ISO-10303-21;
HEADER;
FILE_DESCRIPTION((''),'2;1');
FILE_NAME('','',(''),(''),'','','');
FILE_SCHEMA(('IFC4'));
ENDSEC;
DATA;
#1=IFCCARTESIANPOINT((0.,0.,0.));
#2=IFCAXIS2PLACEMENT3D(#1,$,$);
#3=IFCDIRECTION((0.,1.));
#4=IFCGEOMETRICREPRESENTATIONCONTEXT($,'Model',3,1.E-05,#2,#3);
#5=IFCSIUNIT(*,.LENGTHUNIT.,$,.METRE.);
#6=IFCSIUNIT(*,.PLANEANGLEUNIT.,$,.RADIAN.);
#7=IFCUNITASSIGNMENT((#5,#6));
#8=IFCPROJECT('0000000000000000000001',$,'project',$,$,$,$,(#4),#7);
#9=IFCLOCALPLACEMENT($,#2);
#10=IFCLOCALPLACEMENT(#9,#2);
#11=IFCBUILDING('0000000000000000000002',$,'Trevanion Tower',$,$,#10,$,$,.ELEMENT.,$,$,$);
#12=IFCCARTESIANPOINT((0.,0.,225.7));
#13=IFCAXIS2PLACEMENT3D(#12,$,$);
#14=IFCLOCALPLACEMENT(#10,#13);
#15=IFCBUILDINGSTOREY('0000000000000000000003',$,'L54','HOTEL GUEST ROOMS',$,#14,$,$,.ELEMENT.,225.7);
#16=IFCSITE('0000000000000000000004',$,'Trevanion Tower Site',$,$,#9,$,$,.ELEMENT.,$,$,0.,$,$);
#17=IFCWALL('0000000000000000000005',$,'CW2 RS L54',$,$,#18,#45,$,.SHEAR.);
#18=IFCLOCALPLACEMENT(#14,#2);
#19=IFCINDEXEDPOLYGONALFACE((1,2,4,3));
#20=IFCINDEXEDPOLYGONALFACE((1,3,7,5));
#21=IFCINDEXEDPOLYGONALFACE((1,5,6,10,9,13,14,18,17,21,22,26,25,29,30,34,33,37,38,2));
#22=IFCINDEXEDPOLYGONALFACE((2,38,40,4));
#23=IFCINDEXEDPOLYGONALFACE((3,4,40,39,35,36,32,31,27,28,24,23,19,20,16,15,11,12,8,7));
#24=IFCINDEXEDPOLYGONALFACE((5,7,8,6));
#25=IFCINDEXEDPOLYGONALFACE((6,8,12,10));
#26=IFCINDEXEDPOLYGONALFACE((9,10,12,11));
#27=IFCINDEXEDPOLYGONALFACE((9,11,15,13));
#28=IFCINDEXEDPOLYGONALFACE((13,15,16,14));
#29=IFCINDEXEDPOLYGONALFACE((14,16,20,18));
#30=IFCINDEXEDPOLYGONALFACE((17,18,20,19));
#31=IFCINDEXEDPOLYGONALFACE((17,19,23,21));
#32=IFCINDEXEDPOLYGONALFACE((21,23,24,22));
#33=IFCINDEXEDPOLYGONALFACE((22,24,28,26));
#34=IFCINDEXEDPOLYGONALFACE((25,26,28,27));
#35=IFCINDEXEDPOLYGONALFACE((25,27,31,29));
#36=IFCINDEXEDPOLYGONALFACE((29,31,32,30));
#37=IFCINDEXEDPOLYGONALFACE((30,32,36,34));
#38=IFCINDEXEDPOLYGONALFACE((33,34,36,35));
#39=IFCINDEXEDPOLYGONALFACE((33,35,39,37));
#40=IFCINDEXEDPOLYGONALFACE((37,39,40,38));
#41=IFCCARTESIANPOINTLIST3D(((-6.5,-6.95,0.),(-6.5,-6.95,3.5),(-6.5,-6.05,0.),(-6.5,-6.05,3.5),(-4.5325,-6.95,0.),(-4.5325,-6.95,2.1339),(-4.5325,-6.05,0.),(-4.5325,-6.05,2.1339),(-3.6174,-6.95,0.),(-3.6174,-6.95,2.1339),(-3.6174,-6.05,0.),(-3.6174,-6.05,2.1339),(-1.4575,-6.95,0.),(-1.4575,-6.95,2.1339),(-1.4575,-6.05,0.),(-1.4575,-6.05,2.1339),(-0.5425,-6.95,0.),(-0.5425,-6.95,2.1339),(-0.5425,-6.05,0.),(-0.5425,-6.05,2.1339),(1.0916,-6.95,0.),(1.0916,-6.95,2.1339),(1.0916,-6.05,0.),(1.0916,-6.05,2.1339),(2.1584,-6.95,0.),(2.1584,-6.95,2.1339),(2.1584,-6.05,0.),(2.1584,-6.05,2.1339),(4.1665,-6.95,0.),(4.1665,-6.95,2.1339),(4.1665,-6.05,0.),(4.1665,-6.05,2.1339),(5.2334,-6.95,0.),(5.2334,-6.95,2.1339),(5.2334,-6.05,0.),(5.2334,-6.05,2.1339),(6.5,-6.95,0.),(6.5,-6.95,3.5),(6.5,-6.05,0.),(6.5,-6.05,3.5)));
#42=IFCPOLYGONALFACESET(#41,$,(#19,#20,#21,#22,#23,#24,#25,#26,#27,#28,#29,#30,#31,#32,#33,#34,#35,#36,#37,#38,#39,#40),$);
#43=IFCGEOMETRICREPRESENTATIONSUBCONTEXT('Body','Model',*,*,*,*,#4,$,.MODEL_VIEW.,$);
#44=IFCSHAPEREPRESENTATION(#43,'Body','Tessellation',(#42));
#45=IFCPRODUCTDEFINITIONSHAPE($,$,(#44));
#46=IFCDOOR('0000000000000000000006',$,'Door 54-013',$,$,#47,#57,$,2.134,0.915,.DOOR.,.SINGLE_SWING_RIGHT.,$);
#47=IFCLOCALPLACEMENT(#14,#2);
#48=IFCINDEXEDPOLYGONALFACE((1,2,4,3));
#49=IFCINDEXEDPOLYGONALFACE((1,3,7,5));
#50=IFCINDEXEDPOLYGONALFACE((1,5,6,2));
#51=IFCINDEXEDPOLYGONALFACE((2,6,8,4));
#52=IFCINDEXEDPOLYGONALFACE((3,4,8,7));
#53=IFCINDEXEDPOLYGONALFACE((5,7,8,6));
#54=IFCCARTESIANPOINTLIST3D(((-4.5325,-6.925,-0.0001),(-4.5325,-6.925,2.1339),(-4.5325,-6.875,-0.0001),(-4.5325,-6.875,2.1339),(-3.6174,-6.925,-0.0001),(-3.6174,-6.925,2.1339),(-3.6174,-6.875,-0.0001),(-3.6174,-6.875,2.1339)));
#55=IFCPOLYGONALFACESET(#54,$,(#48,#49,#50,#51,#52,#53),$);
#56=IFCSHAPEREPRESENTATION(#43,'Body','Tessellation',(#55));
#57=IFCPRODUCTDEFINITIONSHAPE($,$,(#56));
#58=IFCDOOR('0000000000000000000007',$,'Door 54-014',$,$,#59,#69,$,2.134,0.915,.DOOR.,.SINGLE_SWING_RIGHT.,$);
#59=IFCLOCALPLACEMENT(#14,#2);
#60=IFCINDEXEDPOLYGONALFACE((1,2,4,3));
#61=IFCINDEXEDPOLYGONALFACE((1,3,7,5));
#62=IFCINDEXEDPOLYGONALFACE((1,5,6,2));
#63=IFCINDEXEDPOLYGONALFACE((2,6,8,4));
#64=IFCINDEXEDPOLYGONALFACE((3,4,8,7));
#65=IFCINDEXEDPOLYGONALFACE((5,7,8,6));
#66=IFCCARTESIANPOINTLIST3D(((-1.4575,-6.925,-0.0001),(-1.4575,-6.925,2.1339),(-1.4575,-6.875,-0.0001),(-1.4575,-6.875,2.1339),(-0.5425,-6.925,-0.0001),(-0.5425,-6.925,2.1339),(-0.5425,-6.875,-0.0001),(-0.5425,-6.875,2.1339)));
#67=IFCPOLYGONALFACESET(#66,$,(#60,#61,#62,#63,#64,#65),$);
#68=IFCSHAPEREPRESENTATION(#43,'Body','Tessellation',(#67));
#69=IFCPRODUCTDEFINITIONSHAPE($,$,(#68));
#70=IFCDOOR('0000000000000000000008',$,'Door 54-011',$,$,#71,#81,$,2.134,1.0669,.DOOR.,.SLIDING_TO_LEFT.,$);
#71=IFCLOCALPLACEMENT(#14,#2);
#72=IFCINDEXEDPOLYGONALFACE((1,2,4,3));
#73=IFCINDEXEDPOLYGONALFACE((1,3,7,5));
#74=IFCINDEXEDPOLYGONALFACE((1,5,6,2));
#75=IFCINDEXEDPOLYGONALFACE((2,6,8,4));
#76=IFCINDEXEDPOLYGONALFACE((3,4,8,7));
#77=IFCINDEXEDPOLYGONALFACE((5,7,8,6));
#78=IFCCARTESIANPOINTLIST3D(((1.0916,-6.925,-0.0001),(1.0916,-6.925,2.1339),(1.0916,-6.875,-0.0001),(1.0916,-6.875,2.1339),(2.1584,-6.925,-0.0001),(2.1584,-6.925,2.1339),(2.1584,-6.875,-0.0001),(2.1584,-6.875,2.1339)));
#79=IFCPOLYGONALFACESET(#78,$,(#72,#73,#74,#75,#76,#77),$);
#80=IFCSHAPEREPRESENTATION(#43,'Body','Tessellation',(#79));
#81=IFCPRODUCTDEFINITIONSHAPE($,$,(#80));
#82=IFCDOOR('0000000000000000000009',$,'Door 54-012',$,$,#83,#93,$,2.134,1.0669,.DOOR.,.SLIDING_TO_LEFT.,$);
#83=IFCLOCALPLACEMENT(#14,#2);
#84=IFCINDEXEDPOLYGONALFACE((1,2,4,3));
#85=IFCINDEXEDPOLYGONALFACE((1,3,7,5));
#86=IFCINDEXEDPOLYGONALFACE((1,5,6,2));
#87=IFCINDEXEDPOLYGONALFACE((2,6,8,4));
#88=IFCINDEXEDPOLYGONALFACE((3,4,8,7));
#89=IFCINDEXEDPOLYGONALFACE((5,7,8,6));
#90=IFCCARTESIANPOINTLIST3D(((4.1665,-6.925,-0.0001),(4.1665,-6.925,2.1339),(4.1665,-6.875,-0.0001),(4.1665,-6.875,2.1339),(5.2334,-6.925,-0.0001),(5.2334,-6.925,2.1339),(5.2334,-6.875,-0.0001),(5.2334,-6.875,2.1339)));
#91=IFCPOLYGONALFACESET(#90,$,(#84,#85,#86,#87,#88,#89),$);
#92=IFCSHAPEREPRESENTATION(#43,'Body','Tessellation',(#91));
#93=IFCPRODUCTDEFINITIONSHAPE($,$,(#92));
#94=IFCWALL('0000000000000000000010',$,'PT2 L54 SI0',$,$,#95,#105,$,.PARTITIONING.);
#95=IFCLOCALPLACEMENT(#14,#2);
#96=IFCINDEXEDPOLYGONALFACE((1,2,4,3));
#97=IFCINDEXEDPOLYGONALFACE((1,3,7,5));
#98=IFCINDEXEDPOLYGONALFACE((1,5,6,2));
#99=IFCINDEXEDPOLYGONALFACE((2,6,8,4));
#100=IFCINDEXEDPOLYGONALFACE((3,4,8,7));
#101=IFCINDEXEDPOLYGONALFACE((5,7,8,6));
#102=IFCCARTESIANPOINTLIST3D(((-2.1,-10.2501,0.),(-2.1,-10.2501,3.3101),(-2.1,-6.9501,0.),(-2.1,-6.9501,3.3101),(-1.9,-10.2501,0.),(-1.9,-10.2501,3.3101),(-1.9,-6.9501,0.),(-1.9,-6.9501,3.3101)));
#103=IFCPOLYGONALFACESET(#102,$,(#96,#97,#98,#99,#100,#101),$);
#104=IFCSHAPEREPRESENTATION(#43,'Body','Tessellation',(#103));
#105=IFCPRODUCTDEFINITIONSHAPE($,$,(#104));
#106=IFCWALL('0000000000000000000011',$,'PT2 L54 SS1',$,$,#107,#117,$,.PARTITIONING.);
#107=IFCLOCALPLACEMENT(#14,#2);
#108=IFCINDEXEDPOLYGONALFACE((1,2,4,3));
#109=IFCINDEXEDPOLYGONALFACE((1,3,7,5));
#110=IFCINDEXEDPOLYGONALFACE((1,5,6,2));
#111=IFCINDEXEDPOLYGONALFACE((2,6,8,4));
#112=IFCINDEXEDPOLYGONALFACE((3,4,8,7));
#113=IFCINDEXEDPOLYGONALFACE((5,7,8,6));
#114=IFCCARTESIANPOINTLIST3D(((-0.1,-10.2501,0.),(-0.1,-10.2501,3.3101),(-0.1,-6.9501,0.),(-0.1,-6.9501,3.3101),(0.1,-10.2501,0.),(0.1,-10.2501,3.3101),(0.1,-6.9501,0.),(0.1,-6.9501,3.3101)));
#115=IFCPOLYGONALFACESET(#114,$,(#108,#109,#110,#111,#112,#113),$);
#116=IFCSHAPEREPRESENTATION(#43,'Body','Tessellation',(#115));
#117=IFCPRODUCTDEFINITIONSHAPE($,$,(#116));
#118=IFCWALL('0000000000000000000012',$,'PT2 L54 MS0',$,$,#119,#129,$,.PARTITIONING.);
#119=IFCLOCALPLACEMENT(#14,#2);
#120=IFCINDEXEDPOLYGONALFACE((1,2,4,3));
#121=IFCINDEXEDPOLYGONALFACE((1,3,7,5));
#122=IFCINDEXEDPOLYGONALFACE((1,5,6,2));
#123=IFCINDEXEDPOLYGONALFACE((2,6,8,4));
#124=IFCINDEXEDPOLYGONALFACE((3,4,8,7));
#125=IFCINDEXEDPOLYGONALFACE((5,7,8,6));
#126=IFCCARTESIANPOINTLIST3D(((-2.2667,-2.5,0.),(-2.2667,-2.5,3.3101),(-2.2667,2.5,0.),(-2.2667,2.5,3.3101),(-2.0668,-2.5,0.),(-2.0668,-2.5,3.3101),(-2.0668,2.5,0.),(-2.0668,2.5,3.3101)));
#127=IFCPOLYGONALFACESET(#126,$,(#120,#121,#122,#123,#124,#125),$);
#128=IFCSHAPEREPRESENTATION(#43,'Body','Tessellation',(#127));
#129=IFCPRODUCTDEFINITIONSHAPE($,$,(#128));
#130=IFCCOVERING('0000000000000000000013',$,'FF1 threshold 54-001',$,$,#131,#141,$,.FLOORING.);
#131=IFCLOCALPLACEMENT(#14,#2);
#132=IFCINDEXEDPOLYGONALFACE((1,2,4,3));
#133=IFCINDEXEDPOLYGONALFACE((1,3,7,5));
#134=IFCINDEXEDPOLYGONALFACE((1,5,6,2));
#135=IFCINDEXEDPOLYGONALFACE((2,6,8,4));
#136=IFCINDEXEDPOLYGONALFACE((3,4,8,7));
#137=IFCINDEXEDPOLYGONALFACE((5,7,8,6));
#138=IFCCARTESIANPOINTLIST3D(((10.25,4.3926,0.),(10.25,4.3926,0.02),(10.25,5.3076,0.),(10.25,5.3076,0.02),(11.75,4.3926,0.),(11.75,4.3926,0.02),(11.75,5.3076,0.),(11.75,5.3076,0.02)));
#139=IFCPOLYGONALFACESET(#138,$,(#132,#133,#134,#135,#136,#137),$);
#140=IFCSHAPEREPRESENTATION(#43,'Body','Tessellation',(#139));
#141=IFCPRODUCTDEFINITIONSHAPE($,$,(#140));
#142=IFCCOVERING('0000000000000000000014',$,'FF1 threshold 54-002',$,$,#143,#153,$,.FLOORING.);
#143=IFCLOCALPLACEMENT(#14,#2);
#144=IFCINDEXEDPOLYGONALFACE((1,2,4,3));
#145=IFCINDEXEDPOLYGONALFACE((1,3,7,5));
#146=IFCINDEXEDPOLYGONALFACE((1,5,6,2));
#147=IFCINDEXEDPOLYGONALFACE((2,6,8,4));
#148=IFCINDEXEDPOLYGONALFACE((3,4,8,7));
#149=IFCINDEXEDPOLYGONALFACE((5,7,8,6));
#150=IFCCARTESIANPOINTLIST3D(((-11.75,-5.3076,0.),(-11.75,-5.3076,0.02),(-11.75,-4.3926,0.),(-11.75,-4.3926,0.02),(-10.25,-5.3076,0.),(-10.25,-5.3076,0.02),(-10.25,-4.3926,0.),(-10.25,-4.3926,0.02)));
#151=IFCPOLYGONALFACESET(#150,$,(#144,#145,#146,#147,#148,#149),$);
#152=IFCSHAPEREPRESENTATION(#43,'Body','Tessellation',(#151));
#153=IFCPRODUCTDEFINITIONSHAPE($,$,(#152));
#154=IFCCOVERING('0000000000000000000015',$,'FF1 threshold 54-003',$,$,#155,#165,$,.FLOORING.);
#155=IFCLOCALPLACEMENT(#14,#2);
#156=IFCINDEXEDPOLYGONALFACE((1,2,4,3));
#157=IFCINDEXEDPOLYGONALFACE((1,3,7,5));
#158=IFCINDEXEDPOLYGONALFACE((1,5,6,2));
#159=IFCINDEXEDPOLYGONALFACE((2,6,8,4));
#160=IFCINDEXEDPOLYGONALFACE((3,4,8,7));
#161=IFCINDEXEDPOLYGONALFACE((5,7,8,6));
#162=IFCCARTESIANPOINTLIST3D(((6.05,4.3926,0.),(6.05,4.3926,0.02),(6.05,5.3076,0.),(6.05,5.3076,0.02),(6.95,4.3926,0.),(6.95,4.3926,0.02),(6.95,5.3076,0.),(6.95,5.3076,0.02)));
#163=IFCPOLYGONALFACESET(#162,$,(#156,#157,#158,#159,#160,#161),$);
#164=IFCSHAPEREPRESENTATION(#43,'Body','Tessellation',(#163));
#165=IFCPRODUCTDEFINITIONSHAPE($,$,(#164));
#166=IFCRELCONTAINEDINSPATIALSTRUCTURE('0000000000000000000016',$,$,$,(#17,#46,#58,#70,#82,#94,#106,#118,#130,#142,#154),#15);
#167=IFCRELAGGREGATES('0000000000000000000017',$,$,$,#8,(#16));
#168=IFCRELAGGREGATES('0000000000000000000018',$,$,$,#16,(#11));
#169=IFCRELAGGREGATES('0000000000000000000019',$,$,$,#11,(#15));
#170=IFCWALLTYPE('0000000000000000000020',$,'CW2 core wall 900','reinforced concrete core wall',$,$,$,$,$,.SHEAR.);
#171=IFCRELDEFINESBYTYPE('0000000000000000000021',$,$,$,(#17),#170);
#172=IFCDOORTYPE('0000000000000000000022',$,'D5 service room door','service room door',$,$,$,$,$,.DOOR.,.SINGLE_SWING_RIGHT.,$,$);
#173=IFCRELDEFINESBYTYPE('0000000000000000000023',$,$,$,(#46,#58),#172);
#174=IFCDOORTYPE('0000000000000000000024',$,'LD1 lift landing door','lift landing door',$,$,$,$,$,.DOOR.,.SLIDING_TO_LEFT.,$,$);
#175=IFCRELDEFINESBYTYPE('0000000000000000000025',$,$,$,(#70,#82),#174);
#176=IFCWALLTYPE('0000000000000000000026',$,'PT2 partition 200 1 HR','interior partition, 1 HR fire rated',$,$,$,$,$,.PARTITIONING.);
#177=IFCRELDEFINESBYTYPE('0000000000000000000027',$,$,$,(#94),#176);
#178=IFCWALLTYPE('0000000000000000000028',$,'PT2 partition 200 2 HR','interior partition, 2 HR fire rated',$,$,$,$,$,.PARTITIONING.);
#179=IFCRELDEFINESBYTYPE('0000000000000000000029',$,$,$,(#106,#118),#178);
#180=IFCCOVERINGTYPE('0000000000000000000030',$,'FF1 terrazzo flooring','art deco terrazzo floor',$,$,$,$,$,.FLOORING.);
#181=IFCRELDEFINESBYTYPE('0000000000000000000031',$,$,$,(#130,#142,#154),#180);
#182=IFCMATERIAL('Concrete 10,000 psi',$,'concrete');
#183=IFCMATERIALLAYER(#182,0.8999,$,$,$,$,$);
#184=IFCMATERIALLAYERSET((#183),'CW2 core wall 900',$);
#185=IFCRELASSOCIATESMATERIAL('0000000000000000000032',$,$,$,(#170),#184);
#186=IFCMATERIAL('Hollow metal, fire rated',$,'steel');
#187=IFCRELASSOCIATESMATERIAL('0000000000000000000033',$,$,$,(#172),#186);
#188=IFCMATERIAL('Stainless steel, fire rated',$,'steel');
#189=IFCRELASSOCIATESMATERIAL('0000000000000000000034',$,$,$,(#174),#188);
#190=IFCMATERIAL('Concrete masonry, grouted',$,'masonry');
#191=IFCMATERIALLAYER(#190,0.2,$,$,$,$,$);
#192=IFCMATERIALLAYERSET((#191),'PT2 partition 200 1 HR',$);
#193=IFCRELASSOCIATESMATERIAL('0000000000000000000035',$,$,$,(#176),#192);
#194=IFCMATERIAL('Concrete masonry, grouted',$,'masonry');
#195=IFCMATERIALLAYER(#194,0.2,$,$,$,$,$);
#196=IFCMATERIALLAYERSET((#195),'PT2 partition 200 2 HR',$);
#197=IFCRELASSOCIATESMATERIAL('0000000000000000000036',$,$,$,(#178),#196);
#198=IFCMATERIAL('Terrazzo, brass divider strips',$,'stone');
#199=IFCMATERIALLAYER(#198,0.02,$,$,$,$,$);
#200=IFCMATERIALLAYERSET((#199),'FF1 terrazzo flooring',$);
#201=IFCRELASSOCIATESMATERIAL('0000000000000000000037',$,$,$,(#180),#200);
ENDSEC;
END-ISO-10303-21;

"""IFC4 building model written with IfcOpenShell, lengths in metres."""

from ifc_helpers import new_model, si_unit, direction, frame, frame_2d, origin, place, context, subcontext, project, spatial, polyline, rectangle, outline, extrude, material, layer, layer_set, type_object, element, fill, save


model = new_model("IFC4")

# Units and contexts
model_context = context("Model", 3, precision=1e-05, world=origin(), true_north=direction((0.0, 1.0)))
body_context = subcontext(model_context, "Body", "Model", "MODEL_VIEW")
ifc_project = project(units=[si_unit("LENGTHUNIT", "METRE"), si_unit("PLANEANGLEUNIT", "RADIAN")], contexts=[model_context])

# Site, building, storey
site_placement = place(None, origin())
site = spatial("IfcSite", under=ifc_project, at=site_placement, Name="Trevanion Tower Site", CompositionType="ELEMENT", RefElevation=0.0)
building_placement = place(site_placement, origin())
building = spatial("IfcBuilding", under=site, at=building_placement, Name="Trevanion Tower", CompositionType="ELEMENT")
storey_placement = place(building_placement, frame((0.0, 0.0, 225.7)))
storey = spatial("IfcBuildingStorey", under=building, at=storey_placement, Name="L54", Description="HOTEL GUEST ROOMS", CompositionType="ELEMENT", Elevation=225.7)

# Shared definitions
ifc_material_1 = material(Name="Concrete 10,000 psi", Category="concrete")
ifc_layer_1 = layer(ifc_material_1, 0.8999)
ifc_layer_set_1 = layer_set([ifc_layer_1], Name="CW2 core wall 900")
wall_type_1 = type_object("IfcWallType", Name="CW2 core wall 900", Description="reinforced concrete core wall", PredefinedType="SHEAR", material=ifc_layer_set_1)

# Wall, openings, doors
wall_1_placement = place(storey_placement, frame((-6.5, -6.5, 0.0), z_axis=(0.0, 0.0, 1.0), x_axis=(1.0, 0.0, 0.0)))
wall_1 = element("IfcWall", 1, at=wall_1_placement, inside=storey, type_object=wall_type_1, Name="CW2 RS L54", PredefinedType="SHEAR", context=body_context, shape_type="SweptSolid", body=[
    extrude(rectangle(XDim=13.0, YDim=0.8999, at=frame_2d((6.5, 0.0))), origin(), (0.0, 0.0, 1.0), 3.5),
])
opening_1_placement = place(wall_1_placement, frame((7.5916, 0.0, 0.0)))
opening_1 = element("IfcOpeningElement", 2, at=opening_1_placement, cuts=wall_1, PredefinedType="OPENING", context=body_context, shape_type="SweptSolid", body=[
    extrude(rectangle(XDim=1.0669, YDim=2.134, at=frame_2d((0.5334, 1.0669))), frame((0.0, 0.46, 0.0), z_axis=(0.0, -1.0, 0.0), x_axis=(1.0, 0.0, 0.0)), (0.0, 0.0, 1.0), 0.9199),
])
opening_2_placement = place(wall_1_placement, frame((10.6665, 0.0, 0.0)))
opening_2 = element("IfcOpeningElement", 3, at=opening_2_placement, cuts=wall_1, PredefinedType="OPENING", context=body_context, shape_type="SweptSolid", body=[
    extrude(rectangle(XDim=1.0669, YDim=2.134, at=frame_2d((0.5334, 1.0669))), frame((0.0, 0.46, 0.0), z_axis=(0.0, -1.0, 0.0), x_axis=(1.0, 0.0, 0.0)), (0.0, 0.0, 1.0), 0.9199),
])
opening_3_placement = place(wall_1_placement, frame((1.9675, 0.0, 0.0)))
opening_3 = element("IfcOpeningElement", 4, at=opening_3_placement, cuts=wall_1, PredefinedType="OPENING", context=body_context, shape_type="SweptSolid", body=[
    extrude(rectangle(XDim=0.915, YDim=2.134, at=frame_2d((0.4575, 1.0669))), frame((0.0, 0.46, 0.0), z_axis=(0.0, -1.0, 0.0), x_axis=(1.0, 0.0, 0.0)), (0.0, 0.0, 1.0), 0.9199),
])
opening_4_placement = place(wall_1_placement, frame((5.0425, 0.0, 0.0)))
opening_4 = element("IfcOpeningElement", 5, at=opening_4_placement, cuts=wall_1, PredefinedType="OPENING", context=body_context, shape_type="SweptSolid", body=[
    extrude(rectangle(XDim=0.915, YDim=2.134, at=frame_2d((0.4575, 1.0669))), frame((0.0, 0.46, 0.0), z_axis=(0.0, -1.0, 0.0), x_axis=(1.0, 0.0, 0.0)), (0.0, 0.0, 1.0), 0.9199),
])
ifc_material_2 = material(Name="Hollow metal, fire rated", Category="steel")
door_type_1 = type_object("IfcDoorType", Name="D5 service room door", Description="service room door", OperationType="SINGLE_SWING_RIGHT", PredefinedType="DOOR", material=ifc_material_2)
door_1_placement = place(opening_3_placement, origin())
door_1 = element("IfcDoor", 6, at=door_1_placement, inside=storey, type_object=door_type_1, Name="Door 54-013", OperationType="SINGLE_SWING_RIGHT", OverallHeight=2.134, OverallWidth=0.915, PredefinedType="DOOR", context=body_context, shape_type="SweptSolid", body=[
    extrude(rectangle(XDim=0.915, YDim=2.134, at=frame_2d((0.4575, 1.0669))), frame((0.0, -0.375, 0.0), z_axis=(0.0, -1.0, 0.0), x_axis=(1.0, 0.0, 0.0)), (0.0, 0.0, 1.0), 0.05),
])
fill(opening_3, door_1)
door_2_placement = place(opening_4_placement, origin())
door_2 = element("IfcDoor", 7, at=door_2_placement, inside=storey, type_object=door_type_1, Name="Door 54-014", OperationType="SINGLE_SWING_RIGHT", OverallHeight=2.134, OverallWidth=0.915, PredefinedType="DOOR", context=body_context, shape_type="SweptSolid", body=[
    extrude(rectangle(XDim=0.915, YDim=2.134, at=frame_2d((0.4575, 1.0669))), frame((0.0, -0.375, 0.0), z_axis=(0.0, -1.0, 0.0), x_axis=(1.0, 0.0, 0.0)), (0.0, 0.0, 1.0), 0.05),
])
fill(opening_4, door_2)
ifc_material_3 = material(Name="Stainless steel, fire rated", Category="steel")
door_type_2 = type_object("IfcDoorType", Name="LD1 lift landing door", Description="lift landing door", OperationType="SLIDING_TO_LEFT", PredefinedType="DOOR", material=ifc_material_3)
door_3_placement = place(opening_1_placement, origin())
door_3 = element("IfcDoor", 8, at=door_3_placement, inside=storey, type_object=door_type_2, Name="Door 54-011", OperationType="SLIDING_TO_LEFT", OverallHeight=2.134, OverallWidth=1.0669, PredefinedType="DOOR", context=body_context, shape_type="SweptSolid", body=[
    extrude(rectangle(XDim=1.0669, YDim=2.134, at=frame_2d((0.5334, 1.0669))), frame((0.0, -0.375, 0.0), z_axis=(0.0, -1.0, 0.0), x_axis=(1.0, 0.0, 0.0)), (0.0, 0.0, 1.0), 0.05),
])
fill(opening_1, door_3)
door_4_placement = place(opening_2_placement, origin())
door_4 = element("IfcDoor", 9, at=door_4_placement, inside=storey, type_object=door_type_2, Name="Door 54-012", OperationType="SLIDING_TO_LEFT", OverallHeight=2.134, OverallWidth=1.0669, PredefinedType="DOOR", context=body_context, shape_type="SweptSolid", body=[
    extrude(rectangle(XDim=1.0669, YDim=2.134, at=frame_2d((0.5334, 1.0669))), frame((0.0, -0.375, 0.0), z_axis=(0.0, -1.0, 0.0), x_axis=(1.0, 0.0, 0.0)), (0.0, 0.0, 1.0), 0.05),
])
fill(opening_2, door_4)

# Walls
ifc_material_4 = material(Name="Concrete masonry, grouted", Category="masonry")
ifc_layer_2 = layer(ifc_material_4, 0.2)
ifc_layer_set_2 = layer_set([ifc_layer_2], Name="PT2 partition 200 1 HR")
wall_type_2 = type_object("IfcWallType", Name="PT2 partition 200 1 HR", Description="interior partition, 1 HR fire rated", PredefinedType="PARTITIONING", material=ifc_layer_set_2)
wall_2_placement = place(storey_placement, frame((-2.0, -10.25, 0.0), z_axis=(0.0, 0.0, 1.0), x_axis=(0.0, 1.0, 0.0)))
element("IfcWall", 10, at=wall_2_placement, inside=storey, type_object=wall_type_2, Name="PT2 L54 SI0", PredefinedType="PARTITIONING", context=body_context, shape_type="SweptSolid", body=[
    extrude(rectangle(XDim=3.3, YDim=0.2, at=frame_2d((1.6499, 0.0))), origin(), (0.0, 0.0, 1.0), 3.3101),
])
ifc_material_5 = material(Name="Concrete masonry, grouted", Category="masonry")
ifc_layer_3 = layer(ifc_material_5, 0.2)
ifc_layer_set_3 = layer_set([ifc_layer_3], Name="PT2 partition 200 2 HR")
wall_type_3 = type_object("IfcWallType", Name="PT2 partition 200 2 HR", Description="interior partition, 2 HR fire rated", PredefinedType="PARTITIONING", material=ifc_layer_set_3)
wall_3_placement = place(storey_placement, frame((0.0, -10.25, 0.0), z_axis=(0.0, 0.0, 1.0), x_axis=(0.0, 1.0, 0.0)))
element("IfcWall", 11, at=wall_3_placement, inside=storey, type_object=wall_type_3, Name="PT2 L54 SS1", PredefinedType="PARTITIONING", context=body_context, shape_type="SweptSolid", body=[
    extrude(rectangle(XDim=3.3, YDim=0.2, at=frame_2d((1.6499, 0.0))), origin(), (0.0, 0.0, 1.0), 3.3101),
])
wall_4_placement = place(storey_placement, frame((-2.1667, -2.5, 0.0), z_axis=(0.0, 0.0, 1.0), x_axis=(0.0, 1.0, 0.0)))
element("IfcWall", 12, at=wall_4_placement, inside=storey, type_object=wall_type_3, Name="PT2 L54 MS0", PredefinedType="PARTITIONING", context=body_context, shape_type="SweptSolid", body=[
    extrude(rectangle(XDim=5.0, YDim=0.2, at=frame_2d((2.5, 0.0))), origin(), (0.0, 0.0, 1.0), 3.3101),
])

# Coverings
ifc_material_6 = material(Name="Terrazzo, brass divider strips", Category="stone")
ifc_layer_4 = layer(ifc_material_6, 0.02)
ifc_layer_set_4 = layer_set([ifc_layer_4], Name="FF1 terrazzo flooring")
covering_type = type_object("IfcCoveringType", Name="FF1 terrazzo flooring", Description="art deco terrazzo floor", PredefinedType="FLOORING", material=ifc_layer_set_4)
covering_1_placement = place(storey_placement, origin())
element("IfcCovering", 13, at=covering_1_placement, inside=storey, type_object=covering_type, Name="FF1 threshold 54-001", PredefinedType="FLOORING", context=body_context, shape_type="SweptSolid", body=[
    extrude(outline(polyline([(11.75, 4.3926), (11.75, 5.3076), (10.25, 5.3076), (10.25, 4.3926), (11.75, 4.3926)])), origin(), (0.0, 0.0, 1.0), 0.02),
])
covering_2_placement = place(storey_placement, origin())
element("IfcCovering", 14, at=covering_2_placement, inside=storey, type_object=covering_type, Name="FF1 threshold 54-002", PredefinedType="FLOORING", context=body_context, shape_type="SweptSolid", body=[
    extrude(outline(polyline([(-11.75, -4.3926), (-11.75, -5.3076), (-10.25, -5.3076), (-10.25, -4.3926), (-11.75, -4.3926)])), origin(), (0.0, 0.0, 1.0), 0.02),
])
covering_3_placement = place(storey_placement, origin())
element("IfcCovering", 15, at=covering_3_placement, inside=storey, type_object=covering_type, Name="FF1 threshold 54-003", PredefinedType="FLOORING", context=body_context, shape_type="SweptSolid", body=[
    extrude(outline(polyline([(6.95, 4.3926), (6.95, 5.3076), (6.05, 5.3076), (6.05, 4.3926), (6.95, 4.3926)])), origin(), (0.0, 0.0, 1.0), 0.02),
])

save(model, "model.ifc")
